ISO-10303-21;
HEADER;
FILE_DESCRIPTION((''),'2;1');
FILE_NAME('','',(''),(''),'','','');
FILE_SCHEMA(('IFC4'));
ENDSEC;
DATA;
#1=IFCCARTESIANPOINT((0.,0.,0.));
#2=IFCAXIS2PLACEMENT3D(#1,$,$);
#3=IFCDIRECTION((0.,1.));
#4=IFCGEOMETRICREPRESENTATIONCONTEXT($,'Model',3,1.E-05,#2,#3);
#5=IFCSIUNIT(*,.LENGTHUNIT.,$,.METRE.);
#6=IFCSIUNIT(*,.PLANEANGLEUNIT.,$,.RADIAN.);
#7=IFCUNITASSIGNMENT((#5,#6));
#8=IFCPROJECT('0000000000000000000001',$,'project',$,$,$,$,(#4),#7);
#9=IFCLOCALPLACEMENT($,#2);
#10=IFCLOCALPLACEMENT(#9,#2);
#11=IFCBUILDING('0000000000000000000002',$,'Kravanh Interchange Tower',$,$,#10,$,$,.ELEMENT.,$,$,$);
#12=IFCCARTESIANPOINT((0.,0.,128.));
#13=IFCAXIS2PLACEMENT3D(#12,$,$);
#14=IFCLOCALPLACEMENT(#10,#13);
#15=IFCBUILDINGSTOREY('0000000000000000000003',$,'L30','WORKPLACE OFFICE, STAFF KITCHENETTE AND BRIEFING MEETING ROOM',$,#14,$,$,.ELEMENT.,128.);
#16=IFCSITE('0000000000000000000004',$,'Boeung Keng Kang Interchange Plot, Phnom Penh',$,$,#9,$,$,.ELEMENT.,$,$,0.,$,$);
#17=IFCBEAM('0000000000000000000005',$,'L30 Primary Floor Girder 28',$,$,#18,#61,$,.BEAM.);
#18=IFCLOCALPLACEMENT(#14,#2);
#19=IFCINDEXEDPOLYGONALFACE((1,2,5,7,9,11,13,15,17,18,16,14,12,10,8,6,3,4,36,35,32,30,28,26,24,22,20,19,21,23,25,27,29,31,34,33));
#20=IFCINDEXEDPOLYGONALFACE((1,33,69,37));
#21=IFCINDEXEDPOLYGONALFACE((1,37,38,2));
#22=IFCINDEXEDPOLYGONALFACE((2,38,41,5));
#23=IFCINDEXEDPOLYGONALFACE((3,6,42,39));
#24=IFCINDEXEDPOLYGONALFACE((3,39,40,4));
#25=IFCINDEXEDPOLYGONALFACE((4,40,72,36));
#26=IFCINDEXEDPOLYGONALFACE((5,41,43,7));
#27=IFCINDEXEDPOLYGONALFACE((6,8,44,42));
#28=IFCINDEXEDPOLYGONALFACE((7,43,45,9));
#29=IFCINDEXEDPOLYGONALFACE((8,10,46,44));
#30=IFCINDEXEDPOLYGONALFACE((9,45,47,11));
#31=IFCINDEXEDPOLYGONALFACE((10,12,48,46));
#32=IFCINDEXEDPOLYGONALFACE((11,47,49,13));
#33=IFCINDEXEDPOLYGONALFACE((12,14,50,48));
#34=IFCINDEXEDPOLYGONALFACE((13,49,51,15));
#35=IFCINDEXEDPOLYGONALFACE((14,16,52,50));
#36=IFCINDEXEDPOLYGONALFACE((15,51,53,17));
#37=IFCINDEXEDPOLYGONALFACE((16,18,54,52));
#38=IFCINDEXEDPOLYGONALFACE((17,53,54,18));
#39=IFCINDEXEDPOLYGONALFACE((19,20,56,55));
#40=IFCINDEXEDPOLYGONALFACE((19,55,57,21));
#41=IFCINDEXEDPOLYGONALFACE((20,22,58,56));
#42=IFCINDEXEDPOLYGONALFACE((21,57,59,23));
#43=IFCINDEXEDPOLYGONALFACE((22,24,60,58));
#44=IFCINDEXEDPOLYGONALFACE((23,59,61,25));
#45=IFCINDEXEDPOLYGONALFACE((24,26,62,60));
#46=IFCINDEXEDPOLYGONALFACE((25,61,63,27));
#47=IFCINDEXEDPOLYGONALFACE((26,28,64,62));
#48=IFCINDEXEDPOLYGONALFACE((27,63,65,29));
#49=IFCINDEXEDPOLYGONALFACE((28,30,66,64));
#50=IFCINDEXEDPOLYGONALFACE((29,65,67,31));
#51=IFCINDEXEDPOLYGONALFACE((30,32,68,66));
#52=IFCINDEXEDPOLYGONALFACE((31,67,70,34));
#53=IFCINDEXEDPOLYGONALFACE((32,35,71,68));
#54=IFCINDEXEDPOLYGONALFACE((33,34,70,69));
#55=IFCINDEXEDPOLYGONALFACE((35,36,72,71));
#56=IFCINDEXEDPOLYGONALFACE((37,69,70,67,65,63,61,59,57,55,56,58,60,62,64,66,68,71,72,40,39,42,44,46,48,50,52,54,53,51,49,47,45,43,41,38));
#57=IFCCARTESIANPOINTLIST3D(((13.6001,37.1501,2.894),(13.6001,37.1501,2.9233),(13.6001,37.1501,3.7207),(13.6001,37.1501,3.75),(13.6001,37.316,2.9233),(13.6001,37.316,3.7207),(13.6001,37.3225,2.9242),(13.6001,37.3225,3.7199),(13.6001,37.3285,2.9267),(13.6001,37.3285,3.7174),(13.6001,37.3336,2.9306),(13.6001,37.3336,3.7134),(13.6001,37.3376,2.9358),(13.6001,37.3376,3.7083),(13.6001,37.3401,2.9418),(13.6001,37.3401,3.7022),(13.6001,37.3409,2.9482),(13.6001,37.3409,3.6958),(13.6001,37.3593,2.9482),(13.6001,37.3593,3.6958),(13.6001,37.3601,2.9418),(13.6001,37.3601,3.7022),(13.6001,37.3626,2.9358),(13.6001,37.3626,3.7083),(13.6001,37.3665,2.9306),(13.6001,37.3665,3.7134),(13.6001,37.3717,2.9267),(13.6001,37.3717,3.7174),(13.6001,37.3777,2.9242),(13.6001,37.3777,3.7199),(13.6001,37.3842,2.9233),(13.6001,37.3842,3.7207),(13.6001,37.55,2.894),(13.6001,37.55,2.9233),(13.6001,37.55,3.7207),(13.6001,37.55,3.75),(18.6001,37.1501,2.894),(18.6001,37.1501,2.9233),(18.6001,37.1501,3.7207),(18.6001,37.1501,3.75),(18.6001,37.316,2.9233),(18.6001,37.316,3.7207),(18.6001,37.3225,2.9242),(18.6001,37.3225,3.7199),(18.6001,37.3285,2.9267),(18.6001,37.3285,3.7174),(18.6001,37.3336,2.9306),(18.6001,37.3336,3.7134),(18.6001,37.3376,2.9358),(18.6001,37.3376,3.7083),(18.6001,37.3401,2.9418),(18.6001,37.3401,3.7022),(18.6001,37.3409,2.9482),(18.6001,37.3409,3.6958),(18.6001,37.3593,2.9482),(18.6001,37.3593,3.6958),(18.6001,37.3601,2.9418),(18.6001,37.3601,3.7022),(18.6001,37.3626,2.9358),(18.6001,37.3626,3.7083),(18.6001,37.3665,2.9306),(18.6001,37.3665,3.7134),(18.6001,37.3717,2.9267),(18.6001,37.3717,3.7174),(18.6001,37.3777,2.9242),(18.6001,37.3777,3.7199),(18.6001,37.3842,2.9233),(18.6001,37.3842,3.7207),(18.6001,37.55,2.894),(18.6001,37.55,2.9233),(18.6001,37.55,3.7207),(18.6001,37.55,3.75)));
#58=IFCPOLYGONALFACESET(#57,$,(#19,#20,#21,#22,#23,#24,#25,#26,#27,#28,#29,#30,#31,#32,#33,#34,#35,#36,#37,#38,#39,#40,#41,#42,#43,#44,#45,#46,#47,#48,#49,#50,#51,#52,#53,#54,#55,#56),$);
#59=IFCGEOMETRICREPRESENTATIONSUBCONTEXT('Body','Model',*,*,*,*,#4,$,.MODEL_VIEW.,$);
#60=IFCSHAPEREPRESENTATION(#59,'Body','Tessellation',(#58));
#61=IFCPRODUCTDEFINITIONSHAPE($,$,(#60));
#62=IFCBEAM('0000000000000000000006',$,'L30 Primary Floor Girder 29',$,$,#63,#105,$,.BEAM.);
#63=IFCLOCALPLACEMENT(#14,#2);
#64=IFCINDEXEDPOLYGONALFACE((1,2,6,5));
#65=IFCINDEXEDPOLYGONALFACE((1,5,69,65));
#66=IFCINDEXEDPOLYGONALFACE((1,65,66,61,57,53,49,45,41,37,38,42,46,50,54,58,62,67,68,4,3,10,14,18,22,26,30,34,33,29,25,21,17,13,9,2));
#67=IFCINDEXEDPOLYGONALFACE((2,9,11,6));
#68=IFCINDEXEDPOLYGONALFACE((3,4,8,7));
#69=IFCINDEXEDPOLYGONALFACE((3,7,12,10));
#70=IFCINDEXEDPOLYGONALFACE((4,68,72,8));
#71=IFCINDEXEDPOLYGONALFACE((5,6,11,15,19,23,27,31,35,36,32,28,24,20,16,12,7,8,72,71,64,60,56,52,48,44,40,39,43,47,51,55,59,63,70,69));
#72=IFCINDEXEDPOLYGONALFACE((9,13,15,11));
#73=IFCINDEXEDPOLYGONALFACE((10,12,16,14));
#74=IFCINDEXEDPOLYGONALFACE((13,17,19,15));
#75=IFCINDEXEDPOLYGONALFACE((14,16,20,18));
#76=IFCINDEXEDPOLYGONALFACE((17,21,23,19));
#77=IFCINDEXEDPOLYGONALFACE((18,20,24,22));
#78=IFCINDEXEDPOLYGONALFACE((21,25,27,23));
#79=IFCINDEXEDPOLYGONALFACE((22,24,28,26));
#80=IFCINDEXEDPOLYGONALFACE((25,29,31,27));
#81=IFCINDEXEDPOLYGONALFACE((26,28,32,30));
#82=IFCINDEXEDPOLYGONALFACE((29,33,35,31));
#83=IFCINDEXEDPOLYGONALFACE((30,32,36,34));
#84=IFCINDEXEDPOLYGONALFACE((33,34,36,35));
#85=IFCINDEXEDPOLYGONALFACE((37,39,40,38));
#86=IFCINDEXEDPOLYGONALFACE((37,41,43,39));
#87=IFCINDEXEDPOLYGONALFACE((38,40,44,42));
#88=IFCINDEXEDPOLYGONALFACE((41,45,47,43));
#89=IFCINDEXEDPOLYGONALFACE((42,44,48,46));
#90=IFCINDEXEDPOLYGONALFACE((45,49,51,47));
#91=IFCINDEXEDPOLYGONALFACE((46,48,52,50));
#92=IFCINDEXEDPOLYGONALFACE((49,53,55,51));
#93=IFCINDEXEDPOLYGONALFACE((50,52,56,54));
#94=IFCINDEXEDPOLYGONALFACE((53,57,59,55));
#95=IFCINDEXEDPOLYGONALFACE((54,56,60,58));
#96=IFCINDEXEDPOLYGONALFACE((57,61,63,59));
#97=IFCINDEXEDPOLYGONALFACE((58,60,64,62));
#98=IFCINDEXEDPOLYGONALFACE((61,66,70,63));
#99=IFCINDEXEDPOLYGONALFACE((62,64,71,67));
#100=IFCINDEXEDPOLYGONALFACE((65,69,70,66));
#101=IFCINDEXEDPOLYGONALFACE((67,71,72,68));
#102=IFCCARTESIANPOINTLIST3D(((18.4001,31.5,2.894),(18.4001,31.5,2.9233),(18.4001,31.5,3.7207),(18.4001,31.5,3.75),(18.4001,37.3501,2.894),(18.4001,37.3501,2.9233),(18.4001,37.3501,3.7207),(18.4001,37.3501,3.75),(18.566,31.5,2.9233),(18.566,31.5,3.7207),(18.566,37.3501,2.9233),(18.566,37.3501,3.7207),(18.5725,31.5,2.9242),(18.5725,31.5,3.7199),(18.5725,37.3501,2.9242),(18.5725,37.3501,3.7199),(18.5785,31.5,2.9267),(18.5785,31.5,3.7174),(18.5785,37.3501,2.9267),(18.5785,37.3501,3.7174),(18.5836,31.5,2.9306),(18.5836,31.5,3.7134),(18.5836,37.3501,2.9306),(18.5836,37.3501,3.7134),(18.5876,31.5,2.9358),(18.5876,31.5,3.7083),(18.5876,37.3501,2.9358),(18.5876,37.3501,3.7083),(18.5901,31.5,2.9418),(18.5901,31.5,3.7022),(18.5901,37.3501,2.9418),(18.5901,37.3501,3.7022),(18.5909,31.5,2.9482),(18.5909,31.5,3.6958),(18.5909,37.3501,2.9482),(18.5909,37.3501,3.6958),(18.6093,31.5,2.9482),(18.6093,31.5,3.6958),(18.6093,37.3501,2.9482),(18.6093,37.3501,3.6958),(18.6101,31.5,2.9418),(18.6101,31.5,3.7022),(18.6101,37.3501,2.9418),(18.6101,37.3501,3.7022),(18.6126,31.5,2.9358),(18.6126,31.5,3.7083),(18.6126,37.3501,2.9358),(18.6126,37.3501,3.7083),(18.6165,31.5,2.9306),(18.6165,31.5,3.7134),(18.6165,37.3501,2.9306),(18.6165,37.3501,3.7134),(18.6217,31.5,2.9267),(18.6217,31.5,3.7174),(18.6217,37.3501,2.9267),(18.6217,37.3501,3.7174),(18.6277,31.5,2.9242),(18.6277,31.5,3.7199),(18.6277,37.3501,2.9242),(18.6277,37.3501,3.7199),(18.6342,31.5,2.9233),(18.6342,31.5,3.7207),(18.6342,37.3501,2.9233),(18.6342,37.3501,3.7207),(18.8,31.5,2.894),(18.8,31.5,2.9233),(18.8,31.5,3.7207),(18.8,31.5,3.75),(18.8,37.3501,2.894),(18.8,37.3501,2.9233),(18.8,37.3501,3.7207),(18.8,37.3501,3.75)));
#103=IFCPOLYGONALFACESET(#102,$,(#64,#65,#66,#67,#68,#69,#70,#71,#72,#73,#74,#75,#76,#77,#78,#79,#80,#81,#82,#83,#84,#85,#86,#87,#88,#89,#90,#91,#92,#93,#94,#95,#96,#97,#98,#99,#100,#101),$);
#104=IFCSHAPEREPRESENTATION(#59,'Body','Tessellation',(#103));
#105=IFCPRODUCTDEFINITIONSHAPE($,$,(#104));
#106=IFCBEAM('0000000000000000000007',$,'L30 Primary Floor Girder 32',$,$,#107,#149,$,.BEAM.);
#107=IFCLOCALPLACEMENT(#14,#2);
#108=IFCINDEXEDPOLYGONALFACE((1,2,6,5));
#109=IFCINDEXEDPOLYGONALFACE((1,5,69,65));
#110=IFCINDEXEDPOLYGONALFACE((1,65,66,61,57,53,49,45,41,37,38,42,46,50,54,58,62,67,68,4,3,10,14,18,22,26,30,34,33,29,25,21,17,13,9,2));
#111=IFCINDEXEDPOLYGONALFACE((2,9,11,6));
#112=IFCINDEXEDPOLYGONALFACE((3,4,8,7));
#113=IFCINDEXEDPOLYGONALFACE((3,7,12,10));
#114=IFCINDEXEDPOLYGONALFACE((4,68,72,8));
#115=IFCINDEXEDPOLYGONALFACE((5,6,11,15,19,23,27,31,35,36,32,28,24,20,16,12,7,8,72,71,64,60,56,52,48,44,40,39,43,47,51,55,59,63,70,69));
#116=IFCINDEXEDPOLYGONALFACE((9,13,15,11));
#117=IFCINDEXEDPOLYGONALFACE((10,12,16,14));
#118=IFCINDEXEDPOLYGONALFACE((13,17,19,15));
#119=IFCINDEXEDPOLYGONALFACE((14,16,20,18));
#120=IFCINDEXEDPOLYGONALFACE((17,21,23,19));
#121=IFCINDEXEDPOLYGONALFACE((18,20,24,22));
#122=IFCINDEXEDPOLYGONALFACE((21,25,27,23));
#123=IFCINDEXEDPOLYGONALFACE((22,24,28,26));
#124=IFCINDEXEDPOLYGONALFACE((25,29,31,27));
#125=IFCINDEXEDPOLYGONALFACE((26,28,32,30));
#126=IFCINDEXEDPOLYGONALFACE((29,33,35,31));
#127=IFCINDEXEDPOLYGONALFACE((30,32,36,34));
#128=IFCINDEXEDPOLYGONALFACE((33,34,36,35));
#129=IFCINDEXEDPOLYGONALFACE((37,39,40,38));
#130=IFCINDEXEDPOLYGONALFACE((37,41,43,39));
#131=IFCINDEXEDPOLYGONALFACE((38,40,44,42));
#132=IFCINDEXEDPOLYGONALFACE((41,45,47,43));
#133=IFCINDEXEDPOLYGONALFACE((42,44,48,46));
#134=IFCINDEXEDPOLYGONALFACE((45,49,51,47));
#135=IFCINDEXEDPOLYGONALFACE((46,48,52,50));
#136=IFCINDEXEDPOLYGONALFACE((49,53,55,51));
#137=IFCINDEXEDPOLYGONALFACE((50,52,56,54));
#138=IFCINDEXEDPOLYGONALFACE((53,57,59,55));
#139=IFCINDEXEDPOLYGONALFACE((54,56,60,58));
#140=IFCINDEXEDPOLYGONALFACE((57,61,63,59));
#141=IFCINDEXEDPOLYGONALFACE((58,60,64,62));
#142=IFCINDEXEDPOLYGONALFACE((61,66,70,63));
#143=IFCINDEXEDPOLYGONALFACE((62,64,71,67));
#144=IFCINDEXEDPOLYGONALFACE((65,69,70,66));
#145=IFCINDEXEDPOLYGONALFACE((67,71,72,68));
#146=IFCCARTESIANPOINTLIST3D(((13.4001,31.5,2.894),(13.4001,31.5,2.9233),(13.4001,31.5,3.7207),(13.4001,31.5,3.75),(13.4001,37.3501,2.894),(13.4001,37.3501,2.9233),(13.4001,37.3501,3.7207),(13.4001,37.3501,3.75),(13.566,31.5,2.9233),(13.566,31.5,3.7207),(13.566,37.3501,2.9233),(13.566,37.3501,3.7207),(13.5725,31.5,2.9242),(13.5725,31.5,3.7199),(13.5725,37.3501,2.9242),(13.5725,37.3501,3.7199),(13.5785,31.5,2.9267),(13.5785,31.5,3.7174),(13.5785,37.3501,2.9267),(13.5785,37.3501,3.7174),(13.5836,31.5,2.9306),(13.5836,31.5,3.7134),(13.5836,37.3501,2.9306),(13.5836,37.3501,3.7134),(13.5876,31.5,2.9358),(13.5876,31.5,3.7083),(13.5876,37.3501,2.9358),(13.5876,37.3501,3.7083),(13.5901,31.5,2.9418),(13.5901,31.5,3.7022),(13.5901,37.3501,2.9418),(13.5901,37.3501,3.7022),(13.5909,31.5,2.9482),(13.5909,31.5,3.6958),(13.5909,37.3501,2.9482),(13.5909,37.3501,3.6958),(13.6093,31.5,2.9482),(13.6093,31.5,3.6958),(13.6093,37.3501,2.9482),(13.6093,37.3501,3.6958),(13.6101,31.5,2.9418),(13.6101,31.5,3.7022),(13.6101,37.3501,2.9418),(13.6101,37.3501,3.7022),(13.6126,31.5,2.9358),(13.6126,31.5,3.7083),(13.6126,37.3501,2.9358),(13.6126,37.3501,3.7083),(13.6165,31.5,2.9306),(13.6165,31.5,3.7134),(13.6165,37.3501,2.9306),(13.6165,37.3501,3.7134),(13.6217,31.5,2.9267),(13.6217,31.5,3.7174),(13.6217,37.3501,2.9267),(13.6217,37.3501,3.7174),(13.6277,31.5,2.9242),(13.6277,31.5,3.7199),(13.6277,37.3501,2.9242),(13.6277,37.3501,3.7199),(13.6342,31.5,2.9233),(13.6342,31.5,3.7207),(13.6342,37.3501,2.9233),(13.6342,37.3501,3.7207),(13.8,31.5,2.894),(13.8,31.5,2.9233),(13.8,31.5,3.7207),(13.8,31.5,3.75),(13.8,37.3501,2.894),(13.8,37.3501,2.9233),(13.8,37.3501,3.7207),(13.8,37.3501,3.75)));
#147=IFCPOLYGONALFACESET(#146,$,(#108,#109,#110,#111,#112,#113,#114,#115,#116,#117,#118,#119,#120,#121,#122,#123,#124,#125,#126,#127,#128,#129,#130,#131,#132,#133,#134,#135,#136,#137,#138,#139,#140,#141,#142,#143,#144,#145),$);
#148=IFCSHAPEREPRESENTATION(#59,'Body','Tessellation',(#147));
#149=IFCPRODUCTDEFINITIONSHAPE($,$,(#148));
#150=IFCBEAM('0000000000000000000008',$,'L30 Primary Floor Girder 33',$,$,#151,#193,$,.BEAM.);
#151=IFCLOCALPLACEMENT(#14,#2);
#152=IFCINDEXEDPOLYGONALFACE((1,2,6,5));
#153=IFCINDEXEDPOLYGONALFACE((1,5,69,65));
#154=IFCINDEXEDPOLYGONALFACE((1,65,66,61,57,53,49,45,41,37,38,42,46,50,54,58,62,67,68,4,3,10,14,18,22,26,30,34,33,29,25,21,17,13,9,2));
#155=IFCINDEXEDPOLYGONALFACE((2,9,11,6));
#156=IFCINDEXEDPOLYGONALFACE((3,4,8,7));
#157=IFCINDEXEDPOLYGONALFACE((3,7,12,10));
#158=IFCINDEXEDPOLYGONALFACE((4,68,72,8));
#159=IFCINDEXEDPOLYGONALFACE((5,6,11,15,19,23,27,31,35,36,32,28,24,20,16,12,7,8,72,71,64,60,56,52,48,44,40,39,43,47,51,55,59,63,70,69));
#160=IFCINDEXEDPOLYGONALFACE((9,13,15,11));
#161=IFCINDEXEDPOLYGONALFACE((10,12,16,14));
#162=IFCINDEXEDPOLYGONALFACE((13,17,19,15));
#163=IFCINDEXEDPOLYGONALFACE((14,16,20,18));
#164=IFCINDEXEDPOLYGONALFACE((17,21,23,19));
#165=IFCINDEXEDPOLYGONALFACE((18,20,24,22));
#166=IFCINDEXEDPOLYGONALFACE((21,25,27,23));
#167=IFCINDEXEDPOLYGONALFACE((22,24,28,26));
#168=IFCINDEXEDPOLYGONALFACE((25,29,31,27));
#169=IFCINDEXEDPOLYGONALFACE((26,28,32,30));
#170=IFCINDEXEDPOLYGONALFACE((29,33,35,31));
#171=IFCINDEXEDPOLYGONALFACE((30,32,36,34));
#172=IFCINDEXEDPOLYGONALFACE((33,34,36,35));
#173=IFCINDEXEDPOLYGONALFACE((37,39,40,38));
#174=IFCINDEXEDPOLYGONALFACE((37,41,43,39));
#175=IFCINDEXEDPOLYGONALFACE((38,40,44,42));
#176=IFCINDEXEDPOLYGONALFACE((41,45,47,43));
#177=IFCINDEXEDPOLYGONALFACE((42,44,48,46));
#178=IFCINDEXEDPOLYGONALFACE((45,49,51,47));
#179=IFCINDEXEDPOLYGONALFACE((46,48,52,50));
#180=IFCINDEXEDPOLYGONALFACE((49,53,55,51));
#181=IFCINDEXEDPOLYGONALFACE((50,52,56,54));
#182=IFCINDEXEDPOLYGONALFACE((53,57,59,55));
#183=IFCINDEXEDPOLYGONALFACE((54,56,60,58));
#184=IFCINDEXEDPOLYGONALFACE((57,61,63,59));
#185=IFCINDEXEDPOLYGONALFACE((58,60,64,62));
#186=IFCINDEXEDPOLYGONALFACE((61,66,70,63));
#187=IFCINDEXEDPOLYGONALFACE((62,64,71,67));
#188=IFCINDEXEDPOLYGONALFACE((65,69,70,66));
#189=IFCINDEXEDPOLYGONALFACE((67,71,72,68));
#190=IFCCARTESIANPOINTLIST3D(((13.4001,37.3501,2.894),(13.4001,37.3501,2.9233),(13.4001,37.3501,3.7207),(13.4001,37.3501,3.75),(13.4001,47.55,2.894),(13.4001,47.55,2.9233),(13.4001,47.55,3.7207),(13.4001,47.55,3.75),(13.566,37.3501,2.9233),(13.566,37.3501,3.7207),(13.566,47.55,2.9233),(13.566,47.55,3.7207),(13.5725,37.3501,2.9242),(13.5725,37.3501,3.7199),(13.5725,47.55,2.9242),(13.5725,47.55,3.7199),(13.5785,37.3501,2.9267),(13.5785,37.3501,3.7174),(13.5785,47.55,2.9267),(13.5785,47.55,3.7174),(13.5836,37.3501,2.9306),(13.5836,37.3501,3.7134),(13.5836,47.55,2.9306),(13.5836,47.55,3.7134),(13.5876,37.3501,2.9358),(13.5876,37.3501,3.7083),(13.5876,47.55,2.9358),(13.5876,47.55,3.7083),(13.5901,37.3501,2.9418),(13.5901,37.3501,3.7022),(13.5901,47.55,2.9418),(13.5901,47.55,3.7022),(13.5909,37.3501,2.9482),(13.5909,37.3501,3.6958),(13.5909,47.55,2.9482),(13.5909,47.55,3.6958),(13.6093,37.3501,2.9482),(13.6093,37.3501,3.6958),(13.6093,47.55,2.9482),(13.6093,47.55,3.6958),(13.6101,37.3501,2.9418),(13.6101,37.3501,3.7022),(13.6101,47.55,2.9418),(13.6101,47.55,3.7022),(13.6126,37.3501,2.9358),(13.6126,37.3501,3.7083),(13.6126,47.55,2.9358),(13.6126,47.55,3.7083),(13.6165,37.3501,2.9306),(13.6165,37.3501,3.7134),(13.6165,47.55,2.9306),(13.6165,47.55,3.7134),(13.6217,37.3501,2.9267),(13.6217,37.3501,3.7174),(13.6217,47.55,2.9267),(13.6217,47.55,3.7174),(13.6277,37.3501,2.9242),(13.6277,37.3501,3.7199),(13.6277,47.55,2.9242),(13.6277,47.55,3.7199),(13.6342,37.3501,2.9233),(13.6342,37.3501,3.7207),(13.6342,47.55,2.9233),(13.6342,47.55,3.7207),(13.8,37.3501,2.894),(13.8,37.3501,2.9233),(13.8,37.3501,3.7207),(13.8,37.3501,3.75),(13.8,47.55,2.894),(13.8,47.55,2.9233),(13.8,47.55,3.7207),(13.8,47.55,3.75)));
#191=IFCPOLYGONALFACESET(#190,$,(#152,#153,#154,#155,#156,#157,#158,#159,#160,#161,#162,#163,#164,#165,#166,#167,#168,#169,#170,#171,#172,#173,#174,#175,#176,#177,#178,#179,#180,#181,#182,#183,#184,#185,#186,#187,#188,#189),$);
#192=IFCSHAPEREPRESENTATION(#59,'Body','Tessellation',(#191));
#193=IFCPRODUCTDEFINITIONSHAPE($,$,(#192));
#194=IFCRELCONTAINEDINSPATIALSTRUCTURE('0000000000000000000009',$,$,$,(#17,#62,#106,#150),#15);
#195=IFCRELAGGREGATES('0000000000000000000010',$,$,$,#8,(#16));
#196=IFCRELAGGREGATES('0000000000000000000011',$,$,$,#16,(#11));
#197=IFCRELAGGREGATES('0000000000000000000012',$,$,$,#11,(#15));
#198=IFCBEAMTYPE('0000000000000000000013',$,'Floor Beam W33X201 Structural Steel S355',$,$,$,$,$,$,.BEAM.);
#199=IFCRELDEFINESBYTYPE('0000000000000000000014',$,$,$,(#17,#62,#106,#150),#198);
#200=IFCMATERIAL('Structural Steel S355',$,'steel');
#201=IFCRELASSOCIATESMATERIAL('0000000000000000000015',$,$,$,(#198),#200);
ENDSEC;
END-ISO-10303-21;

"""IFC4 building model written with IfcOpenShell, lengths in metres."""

from ifc_helpers import new_model, si_unit, direction, frame, origin, origin_2d, place, context, subcontext, project, spatial, i_section, extrude, material, material_profile, profile_set, type_object, element, save


model = new_model("IFC4")

# Units and contexts
model_context = context("Model", 3, precision=1e-05, world=origin(), true_north=direction((0.0, 1.0)))
body_context = subcontext(model_context, "Body", "Model", "MODEL_VIEW")
ifc_project = project(units=[si_unit("LENGTHUNIT", "METRE"), si_unit("PLANEANGLEUNIT", "RADIAN")], contexts=[model_context])

# Site, building, storey
site_placement = place(None, origin())
site = spatial("IfcSite", under=ifc_project, at=site_placement, Name="Boeung Keng Kang Interchange Plot, Phnom Penh", CompositionType="ELEMENT", RefElevation=0.0)
building_placement = place(site_placement, origin())
building = spatial("IfcBuilding", under=site, at=building_placement, Name="Kravanh Interchange Tower", CompositionType="ELEMENT")
storey_placement = place(building_placement, frame((0.0, 0.0, 128.0)))
storey = spatial("IfcBuildingStorey", under=building, at=storey_placement, Name="L30", Description="WORKPLACE OFFICE, STAFF KITCHENETTE AND BRIEFING MEETING ROOM", CompositionType="ELEMENT", Elevation=128.0)

# Beams
ifc_material_1 = material(Name="Structural Steel S355", Category="steel")
ifc_material_profile_1 = material_profile(ifc_material_1, i_section(OverallWidth=0.3999, OverallDepth=0.856, WebThickness=0.0183, FlangeThickness=0.0293, FilletRadius=0.0249, at=origin_2d()), Name="W33X201")
ifc_profile_set_1 = profile_set([ifc_material_profile_1], Name="Structural Steel S355")
beam_type_1 = type_object("IfcBeamType", Name="Floor Beam W33X201 Structural Steel S355", PredefinedType="BEAM", material=ifc_profile_set_1)
beam_1_placement = place(storey_placement, frame((18.6001, 37.3501, 3.322), z_axis=(-1.0, 0.0, 0.0), x_axis=(0.0, -1.0, 0.0)))
element("IfcBeam", 1, at=beam_1_placement, inside=storey, type_object=beam_type_1, Name="L30 Primary Floor Girder 28", PredefinedType="BEAM", context=body_context, shape_type="SweptSolid", body=[
    extrude(i_section(OverallWidth=0.3999, OverallDepth=0.856, WebThickness=0.0183, FlangeThickness=0.0293, FilletRadius=0.0249, at=origin_2d()), origin(), (0.0, 0.0, 1.0), 5.0),
])
for number, where, z_axis, x_axis, name in (
    (2, (18.6001, 37.3501, 3.322), (0.0, -1.0, 0.0), (1.0, 0.0, 0.0), "L30 Primary Floor Girder 29"),
    (3, (13.6001, 37.3501, 3.322), (0.0, -1.0, 0.0), (1.0, 0.0, 0.0), "L30 Primary Floor Girder 32"),
):
    element("IfcBeam", number, at=place(storey_placement, frame(where, z_axis=z_axis, x_axis=x_axis)), inside=storey, type_object=beam_type_1, Name=name, PredefinedType="BEAM", context=body_context, shape_type="SweptSolid", body=[
        extrude(i_section(OverallWidth=0.3999, OverallDepth=0.856, WebThickness=0.0183, FlangeThickness=0.0293, FilletRadius=0.0249, at=origin_2d()), origin(), (0.0, 0.0, 1.0), 5.8501),
    ])
beam_2_placement = place(storey_placement, frame((13.6001, 37.3501, 3.322), z_axis=(0.0, 1.0, 0.0), x_axis=(-1.0, 0.0, 0.0)))
element("IfcBeam", 4, at=beam_2_placement, inside=storey, type_object=beam_type_1, Name="L30 Primary Floor Girder 33", PredefinedType="BEAM", context=body_context, shape_type="SweptSolid", body=[
    extrude(i_section(OverallWidth=0.3999, OverallDepth=0.856, WebThickness=0.0183, FlangeThickness=0.0293, FilletRadius=0.0249, at=origin_2d()), origin(), (0.0, 0.0, 1.0), 10.2),
])

save(model, "model.ifc")
